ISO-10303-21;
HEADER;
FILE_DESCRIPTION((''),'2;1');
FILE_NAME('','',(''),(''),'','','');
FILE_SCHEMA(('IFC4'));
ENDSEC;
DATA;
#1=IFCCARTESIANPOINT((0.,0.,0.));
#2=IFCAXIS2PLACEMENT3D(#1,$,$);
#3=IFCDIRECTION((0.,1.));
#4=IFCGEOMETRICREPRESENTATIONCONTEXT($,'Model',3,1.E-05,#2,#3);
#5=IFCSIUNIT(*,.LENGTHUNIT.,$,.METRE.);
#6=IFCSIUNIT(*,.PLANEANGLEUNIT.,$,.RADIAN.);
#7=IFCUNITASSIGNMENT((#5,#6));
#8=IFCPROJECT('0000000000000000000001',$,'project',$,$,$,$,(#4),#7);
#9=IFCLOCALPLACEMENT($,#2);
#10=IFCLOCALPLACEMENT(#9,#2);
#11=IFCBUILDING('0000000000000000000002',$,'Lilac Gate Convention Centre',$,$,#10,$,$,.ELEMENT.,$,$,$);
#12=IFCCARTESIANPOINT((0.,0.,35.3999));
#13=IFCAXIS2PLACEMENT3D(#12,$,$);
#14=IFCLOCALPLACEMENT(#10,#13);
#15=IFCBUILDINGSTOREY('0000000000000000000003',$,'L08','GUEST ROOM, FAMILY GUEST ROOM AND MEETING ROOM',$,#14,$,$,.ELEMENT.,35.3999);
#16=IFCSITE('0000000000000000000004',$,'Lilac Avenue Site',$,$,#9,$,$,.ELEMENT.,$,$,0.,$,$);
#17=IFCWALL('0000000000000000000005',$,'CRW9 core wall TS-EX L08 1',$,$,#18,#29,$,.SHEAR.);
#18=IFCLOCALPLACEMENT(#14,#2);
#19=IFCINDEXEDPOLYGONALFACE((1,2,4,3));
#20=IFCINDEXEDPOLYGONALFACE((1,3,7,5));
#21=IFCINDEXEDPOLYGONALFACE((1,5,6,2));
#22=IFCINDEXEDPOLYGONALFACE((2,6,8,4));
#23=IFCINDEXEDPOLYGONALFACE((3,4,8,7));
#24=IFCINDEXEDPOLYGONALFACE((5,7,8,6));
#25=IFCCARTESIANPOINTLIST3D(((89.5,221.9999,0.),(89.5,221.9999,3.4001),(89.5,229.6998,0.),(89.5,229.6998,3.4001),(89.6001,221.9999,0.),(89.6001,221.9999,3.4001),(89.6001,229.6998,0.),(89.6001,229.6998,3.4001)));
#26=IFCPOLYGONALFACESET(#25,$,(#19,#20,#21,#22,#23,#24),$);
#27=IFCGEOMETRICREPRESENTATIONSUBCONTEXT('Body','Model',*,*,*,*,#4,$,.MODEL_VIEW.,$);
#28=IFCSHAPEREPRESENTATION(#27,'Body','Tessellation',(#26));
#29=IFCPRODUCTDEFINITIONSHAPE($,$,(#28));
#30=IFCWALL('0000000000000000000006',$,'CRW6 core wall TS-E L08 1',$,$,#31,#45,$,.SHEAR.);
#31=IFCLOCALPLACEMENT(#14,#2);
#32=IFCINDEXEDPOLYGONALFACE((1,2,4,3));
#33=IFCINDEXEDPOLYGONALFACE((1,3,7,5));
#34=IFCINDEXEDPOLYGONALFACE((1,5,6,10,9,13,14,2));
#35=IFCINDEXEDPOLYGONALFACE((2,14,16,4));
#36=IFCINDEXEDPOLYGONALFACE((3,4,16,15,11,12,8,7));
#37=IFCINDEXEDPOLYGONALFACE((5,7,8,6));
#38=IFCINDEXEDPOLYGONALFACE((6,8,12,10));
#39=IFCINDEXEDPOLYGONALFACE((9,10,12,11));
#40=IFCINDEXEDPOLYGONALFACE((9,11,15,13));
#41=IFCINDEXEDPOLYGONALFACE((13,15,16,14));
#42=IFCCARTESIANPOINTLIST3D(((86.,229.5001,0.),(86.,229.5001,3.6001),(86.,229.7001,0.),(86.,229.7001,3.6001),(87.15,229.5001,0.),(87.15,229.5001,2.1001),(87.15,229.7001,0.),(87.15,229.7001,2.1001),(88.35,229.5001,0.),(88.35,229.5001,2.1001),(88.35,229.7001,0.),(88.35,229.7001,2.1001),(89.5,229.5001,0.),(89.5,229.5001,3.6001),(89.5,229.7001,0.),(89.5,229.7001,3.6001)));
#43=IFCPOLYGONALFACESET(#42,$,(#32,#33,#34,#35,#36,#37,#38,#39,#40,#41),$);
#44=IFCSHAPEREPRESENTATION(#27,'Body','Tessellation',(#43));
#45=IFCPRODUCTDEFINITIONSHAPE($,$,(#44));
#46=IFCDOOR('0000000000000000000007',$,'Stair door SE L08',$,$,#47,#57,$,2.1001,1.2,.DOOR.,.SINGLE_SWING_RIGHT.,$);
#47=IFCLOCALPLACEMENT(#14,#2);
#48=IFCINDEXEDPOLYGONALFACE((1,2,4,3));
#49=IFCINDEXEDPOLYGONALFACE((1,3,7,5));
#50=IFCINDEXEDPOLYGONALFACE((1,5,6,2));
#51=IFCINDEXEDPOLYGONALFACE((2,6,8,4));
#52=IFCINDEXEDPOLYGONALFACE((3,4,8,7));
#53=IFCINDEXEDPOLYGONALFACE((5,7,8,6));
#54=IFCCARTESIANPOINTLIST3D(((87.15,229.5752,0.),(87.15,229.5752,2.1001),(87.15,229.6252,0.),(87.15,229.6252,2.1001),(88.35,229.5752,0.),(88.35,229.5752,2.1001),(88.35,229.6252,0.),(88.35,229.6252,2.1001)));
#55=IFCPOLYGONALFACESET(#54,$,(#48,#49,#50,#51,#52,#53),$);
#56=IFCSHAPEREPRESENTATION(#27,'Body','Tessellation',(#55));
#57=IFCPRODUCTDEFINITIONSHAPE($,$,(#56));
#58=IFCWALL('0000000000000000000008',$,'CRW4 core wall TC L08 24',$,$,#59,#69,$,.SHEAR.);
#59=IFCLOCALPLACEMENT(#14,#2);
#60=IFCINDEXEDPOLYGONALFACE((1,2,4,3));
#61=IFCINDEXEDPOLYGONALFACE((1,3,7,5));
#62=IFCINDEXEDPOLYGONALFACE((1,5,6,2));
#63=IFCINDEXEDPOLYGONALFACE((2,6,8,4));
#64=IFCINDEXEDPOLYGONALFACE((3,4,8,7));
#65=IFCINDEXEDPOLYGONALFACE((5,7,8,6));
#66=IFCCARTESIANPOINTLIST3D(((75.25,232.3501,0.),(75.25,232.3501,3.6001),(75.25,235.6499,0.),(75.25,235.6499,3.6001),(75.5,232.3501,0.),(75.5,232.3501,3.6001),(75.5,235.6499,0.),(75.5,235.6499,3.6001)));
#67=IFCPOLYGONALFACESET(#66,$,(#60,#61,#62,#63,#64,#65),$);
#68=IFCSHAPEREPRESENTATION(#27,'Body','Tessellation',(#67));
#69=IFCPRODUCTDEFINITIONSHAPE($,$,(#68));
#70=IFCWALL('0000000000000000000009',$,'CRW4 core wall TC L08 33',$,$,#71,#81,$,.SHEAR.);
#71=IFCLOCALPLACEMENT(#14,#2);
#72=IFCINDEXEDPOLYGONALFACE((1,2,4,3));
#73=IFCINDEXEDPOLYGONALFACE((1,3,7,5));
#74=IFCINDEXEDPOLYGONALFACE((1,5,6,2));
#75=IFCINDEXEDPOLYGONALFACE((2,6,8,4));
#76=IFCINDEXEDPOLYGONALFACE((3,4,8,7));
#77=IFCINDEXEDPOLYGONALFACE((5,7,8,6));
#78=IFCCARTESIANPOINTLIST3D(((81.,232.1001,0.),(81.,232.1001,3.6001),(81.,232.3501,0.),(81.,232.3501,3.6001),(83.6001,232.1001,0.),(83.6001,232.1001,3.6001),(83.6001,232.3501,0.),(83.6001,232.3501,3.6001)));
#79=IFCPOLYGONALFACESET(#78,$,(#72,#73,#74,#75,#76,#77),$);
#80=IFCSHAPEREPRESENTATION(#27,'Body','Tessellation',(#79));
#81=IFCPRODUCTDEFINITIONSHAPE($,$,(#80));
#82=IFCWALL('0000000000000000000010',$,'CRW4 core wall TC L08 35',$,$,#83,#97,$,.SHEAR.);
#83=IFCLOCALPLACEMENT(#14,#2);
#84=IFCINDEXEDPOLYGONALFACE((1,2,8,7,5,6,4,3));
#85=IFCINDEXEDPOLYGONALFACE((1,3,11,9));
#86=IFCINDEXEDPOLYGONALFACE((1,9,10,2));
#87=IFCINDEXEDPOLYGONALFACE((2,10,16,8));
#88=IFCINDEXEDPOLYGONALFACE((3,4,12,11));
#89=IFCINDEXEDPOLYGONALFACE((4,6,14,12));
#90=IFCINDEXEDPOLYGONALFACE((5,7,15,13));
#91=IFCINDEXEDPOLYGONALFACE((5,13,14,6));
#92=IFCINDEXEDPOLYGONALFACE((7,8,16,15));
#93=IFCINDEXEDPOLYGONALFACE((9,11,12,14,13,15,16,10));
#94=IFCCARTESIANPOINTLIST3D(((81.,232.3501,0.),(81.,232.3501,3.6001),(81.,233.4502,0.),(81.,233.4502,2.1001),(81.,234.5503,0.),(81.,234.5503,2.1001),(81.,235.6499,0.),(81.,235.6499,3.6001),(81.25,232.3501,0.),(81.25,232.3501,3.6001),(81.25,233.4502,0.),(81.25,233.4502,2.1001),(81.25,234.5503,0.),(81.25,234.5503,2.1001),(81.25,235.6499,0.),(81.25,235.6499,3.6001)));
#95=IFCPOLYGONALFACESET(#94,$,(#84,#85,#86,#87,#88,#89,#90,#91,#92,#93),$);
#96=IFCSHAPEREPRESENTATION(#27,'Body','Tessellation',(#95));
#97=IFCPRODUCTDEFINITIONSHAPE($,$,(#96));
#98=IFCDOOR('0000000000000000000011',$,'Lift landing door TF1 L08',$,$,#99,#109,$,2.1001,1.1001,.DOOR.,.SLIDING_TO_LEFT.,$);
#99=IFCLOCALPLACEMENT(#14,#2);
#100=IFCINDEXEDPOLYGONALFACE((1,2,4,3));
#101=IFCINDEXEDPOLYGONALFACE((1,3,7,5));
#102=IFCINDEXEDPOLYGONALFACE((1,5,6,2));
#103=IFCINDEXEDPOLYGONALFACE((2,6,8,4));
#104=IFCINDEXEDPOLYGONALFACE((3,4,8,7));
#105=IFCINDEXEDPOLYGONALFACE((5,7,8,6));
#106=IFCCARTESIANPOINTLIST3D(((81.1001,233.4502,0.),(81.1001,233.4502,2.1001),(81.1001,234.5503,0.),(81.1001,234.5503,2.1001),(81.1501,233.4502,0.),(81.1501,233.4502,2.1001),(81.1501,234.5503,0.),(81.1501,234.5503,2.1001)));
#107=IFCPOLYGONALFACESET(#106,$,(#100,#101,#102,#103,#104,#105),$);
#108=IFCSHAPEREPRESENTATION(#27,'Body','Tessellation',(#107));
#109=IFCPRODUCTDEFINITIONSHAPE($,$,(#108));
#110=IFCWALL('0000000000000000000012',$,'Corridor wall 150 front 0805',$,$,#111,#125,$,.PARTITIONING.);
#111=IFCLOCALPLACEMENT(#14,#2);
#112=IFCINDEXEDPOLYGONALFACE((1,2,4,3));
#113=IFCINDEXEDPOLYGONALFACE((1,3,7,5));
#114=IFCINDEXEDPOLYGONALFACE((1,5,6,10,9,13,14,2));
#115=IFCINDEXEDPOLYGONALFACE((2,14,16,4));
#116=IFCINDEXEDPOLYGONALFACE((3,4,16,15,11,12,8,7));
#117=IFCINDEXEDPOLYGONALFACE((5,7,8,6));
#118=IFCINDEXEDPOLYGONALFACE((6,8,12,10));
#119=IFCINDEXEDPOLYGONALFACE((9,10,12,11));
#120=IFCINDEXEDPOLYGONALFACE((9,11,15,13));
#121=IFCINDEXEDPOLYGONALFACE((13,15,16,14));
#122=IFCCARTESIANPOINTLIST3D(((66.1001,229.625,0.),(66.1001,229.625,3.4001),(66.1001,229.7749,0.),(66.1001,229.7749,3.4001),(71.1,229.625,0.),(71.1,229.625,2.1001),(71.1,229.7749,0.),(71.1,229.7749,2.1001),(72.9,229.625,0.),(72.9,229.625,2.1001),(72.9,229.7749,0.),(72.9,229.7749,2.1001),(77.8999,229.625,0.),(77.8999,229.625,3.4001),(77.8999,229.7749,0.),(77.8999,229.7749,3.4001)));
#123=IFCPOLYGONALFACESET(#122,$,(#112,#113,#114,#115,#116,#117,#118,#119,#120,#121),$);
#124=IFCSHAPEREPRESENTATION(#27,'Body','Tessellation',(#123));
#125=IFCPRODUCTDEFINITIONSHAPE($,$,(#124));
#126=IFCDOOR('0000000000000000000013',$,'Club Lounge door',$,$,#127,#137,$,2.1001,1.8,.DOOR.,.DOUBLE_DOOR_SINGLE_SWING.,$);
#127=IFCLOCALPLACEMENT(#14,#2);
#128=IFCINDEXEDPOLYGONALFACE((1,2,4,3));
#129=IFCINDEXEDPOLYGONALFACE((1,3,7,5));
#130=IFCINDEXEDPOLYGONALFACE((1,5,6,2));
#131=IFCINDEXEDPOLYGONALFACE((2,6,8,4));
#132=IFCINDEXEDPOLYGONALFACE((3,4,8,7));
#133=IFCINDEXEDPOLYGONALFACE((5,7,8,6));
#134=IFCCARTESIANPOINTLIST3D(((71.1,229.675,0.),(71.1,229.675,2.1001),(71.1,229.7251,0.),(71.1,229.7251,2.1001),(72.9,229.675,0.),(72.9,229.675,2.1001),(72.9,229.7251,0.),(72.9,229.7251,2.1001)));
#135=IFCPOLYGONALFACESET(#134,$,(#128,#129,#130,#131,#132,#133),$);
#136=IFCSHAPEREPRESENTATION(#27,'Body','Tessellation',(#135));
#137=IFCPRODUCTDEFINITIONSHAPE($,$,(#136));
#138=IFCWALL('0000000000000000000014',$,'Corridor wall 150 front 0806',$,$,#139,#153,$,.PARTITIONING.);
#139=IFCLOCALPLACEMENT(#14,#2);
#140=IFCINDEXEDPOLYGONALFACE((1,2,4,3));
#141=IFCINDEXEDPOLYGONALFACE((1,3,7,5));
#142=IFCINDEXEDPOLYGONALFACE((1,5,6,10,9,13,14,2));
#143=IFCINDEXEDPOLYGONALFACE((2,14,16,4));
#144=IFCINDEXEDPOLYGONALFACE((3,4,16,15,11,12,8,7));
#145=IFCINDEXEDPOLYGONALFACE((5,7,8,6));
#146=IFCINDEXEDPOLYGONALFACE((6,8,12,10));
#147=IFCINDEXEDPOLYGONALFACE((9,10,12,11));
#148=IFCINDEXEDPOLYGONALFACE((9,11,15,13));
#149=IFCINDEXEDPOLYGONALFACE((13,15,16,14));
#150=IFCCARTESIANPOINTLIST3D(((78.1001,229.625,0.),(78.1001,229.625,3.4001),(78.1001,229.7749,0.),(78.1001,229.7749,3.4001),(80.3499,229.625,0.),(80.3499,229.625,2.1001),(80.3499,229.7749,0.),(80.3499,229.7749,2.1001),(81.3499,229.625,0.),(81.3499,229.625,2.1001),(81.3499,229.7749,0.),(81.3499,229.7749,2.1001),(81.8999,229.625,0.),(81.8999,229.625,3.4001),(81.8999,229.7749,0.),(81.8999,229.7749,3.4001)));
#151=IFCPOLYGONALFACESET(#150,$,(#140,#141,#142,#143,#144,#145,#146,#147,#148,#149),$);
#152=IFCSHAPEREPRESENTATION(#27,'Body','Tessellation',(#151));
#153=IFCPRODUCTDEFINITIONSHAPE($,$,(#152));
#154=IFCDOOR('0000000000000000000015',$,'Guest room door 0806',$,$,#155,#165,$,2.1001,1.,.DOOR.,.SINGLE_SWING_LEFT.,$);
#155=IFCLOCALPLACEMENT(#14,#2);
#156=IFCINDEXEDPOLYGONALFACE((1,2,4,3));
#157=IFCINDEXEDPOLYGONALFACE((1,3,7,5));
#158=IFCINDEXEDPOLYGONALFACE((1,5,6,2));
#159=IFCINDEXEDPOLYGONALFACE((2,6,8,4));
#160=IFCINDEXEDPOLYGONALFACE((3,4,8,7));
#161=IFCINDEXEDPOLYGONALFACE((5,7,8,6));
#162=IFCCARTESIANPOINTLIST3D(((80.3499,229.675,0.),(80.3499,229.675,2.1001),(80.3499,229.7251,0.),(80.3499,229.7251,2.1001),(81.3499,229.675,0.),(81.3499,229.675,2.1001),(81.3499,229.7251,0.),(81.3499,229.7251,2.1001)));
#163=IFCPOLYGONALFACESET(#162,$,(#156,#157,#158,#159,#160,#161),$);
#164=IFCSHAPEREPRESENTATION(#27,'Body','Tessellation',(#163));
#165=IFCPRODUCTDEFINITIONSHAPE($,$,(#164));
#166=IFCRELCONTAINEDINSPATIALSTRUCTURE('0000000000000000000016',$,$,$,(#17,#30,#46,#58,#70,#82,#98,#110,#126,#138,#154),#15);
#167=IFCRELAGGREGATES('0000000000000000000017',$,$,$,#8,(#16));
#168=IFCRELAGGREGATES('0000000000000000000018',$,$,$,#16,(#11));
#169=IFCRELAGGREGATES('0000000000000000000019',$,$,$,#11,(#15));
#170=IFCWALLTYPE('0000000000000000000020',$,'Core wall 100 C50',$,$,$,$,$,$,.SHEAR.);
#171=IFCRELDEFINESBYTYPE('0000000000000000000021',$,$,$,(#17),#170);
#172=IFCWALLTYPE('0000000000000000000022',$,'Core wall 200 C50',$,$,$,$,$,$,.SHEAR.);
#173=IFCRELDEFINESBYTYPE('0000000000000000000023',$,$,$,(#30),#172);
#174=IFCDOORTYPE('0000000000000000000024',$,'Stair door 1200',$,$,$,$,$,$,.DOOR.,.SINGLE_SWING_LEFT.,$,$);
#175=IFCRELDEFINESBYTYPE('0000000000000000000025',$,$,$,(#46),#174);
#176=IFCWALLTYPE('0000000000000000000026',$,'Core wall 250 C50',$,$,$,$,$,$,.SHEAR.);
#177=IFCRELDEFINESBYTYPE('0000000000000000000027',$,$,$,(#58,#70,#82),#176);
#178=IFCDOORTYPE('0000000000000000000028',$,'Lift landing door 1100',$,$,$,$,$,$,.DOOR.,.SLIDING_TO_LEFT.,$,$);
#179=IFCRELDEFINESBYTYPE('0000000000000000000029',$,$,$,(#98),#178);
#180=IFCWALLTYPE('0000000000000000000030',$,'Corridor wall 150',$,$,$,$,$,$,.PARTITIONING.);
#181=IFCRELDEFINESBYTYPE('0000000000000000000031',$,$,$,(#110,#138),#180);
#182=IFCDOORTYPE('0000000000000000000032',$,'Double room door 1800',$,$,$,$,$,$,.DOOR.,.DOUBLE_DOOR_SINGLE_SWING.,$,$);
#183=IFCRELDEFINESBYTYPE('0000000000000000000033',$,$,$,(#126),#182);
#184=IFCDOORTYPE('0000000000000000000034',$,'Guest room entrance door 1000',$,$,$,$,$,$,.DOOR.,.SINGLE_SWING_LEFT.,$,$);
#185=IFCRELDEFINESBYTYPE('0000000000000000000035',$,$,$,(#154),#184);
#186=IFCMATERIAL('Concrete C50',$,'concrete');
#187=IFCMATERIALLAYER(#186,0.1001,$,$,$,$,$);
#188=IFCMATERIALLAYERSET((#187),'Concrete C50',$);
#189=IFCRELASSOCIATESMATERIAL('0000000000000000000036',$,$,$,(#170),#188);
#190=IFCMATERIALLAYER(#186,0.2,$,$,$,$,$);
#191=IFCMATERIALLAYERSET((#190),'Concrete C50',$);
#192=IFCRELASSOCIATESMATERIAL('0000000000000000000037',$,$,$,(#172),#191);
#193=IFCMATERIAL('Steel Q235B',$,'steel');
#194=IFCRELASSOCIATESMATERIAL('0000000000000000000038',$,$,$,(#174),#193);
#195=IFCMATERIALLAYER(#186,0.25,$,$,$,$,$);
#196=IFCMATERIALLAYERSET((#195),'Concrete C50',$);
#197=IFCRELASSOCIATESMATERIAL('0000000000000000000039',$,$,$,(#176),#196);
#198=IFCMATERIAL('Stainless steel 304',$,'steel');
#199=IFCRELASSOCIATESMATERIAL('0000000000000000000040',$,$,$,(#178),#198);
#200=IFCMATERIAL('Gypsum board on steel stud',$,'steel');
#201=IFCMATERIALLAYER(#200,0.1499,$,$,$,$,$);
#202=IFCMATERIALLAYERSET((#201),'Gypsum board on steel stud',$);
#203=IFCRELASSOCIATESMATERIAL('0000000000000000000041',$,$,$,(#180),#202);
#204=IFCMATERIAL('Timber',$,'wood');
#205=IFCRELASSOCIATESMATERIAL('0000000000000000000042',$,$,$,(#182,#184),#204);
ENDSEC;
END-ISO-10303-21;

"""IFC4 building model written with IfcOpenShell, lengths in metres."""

from ifc_helpers import new_model, si_unit, direction, frame, frame_2d, origin, place, context, subcontext, project, spatial, rectangle, extrude, material, layer, layer_set, type_object, element, fill, save


model = new_model("IFC4")

# Units and contexts
model_context = context("Model", 3, precision=1e-05, world=origin(), true_north=direction((0.0, 1.0)))
body_context = subcontext(model_context, "Body", "Model", "MODEL_VIEW")
ifc_project = project(units=[si_unit("LENGTHUNIT", "METRE"), si_unit("PLANEANGLEUNIT", "RADIAN")], contexts=[model_context])

# Site, building, storey
site_placement = place(None, origin())
site = spatial("IfcSite", under=ifc_project, at=site_placement, Name="Lilac Avenue Site", CompositionType="ELEMENT", RefElevation=0.0)
building_placement = place(site_placement, origin())
building = spatial("IfcBuilding", under=site, at=building_placement, Name="Lilac Gate Convention Centre", CompositionType="ELEMENT")
storey_placement = place(building_placement, frame((0.0, 0.0, 35.3999)))
storey = spatial("IfcBuildingStorey", under=building, at=storey_placement, Name="L08", Description="GUEST ROOM, FAMILY GUEST ROOM AND MEETING ROOM", CompositionType="ELEMENT", Elevation=35.3999)

# Wall
ifc_material_1 = material(Name="Concrete C50", Category="concrete")
ifc_layer_1 = layer(ifc_material_1, 0.1001)
ifc_layer_set_1 = layer_set([ifc_layer_1], Name="Concrete C50")
wall_type_1 = type_object("IfcWallType", Name="Core wall 100 C50", PredefinedType="SHEAR", material=ifc_layer_set_1)
wall_1_placement = place(storey_placement, frame((89.55, 229.7, 0.0), z_axis=(0.0, 0.0, 1.0), x_axis=(0.0, -1.0, 0.0)))
element("IfcWall", 1, at=wall_1_placement, inside=storey, type_object=wall_type_1, Name="CRW9 core wall TS-EX L08 1", PredefinedType="SHEAR", context=body_context, shape_type="SweptSolid", body=[
    extrude(rectangle(XDim=7.7, YDim=0.1001, at=frame_2d((3.8501, 0.0))), origin(), (0.0, 0.0, 1.0), 3.4001),
])

# Wall, opening, door
ifc_layer_2 = layer(ifc_material_1, 0.2)
ifc_layer_set_2 = layer_set([ifc_layer_2], Name="Concrete C50")
wall_type_2 = type_object("IfcWallType", Name="Core wall 200 C50", PredefinedType="SHEAR", material=ifc_layer_set_2)
wall_2_placement = place(storey_placement, frame((89.5, 229.6001, 0.0), z_axis=(0.0, 0.0, 1.0), x_axis=(-1.0, 0.0, 0.0)))
wall_2 = element("IfcWall", 2, at=wall_2_placement, inside=storey, type_object=wall_type_2, Name="CRW6 core wall TS-E L08 1", PredefinedType="SHEAR", context=body_context, shape_type="SweptSolid", body=[
    extrude(rectangle(XDim=3.5, YDim=0.2, at=frame_2d((1.75, 0.0))), origin(), (0.0, 0.0, 1.0), 3.6001),
])
opening_1_placement = place(wall_2_placement, frame((1.1499, 0.0, 0.0)))
opening_1 = element("IfcOpeningElement", 3, at=opening_1_placement, cuts=wall_2, PredefinedType="OPENING", context=body_context, shape_type="SweptSolid", body=[
    extrude(rectangle(XDim=1.2, YDim=2.1001, at=frame_2d((0.6001, 1.05))), frame((0.0, 0.1099, 0.0), z_axis=(0.0, -1.0, 0.0), x_axis=(1.0, 0.0, 0.0)), (0.0, 0.0, 1.0), 0.22),
])
ifc_material_2 = material(Name="Steel Q235B", Category="steel")
door_type_1 = type_object("IfcDoorType", Name="Stair door 1200", OperationType="SINGLE_SWING_LEFT", PredefinedType="DOOR", material=ifc_material_2)
door_1_placement = place(opening_1_placement, origin())
door_1 = element("IfcDoor", 4, at=door_1_placement, inside=storey, type_object=door_type_1, Name="Stair door SE L08", OperationType="SINGLE_SWING_RIGHT", OverallHeight=2.1001, OverallWidth=1.2, PredefinedType="DOOR", context=body_context, shape_type="SweptSolid", body=[
    extrude(rectangle(XDim=1.2, YDim=2.1001, at=frame_2d((0.6001, 1.05))), frame((0.0, 0.0249, 0.0), z_axis=(0.0, -1.0, 0.0), x_axis=(1.0, 0.0, 0.0)), (0.0, 0.0, 1.0), 0.05),
])
fill(opening_1, door_1)

# Walls
ifc_layer_3 = layer(ifc_material_1, 0.25)
ifc_layer_set_3 = layer_set([ifc_layer_3], Name="Concrete C50")
wall_type_3 = type_object("IfcWallType", Name="Core wall 250 C50", PredefinedType="SHEAR", material=ifc_layer_set_3)
wall_3_placement = place(storey_placement, frame((75.375, 232.3501, 0.0), z_axis=(0.0, 0.0, 1.0), x_axis=(0.0, 1.0, 0.0)))
element("IfcWall", 5, at=wall_3_placement, inside=storey, type_object=wall_type_3, Name="CRW4 core wall TC L08 24", PredefinedType="SHEAR", context=body_context, shape_type="SweptSolid", body=[
    extrude(rectangle(XDim=3.2998, YDim=0.25, at=frame_2d((1.6499, 0.0))), origin(), (0.0, 0.0, 1.0), 3.6001),
])
wall_4_placement = place(storey_placement, frame((81.0, 232.2251, 0.0), z_axis=(0.0, 0.0, 1.0), x_axis=(1.0, 0.0, 0.0)))
element("IfcWall", 6, at=wall_4_placement, inside=storey, type_object=wall_type_3, Name="CRW4 core wall TC L08 33", PredefinedType="SHEAR", context=body_context, shape_type="SweptSolid", body=[
    extrude(rectangle(XDim=2.6001, YDim=0.25, at=frame_2d((1.3, 0.0))), origin(), (0.0, 0.0, 1.0), 3.6001),
])

# Walls, openings, doors
wall_5_placement = place(storey_placement, frame((81.125, 232.3501, 0.0), z_axis=(0.0, 0.0, 1.0), x_axis=(0.0, 1.0, 0.0)))
wall_5 = element("IfcWall", 7, at=wall_5_placement, inside=storey, type_object=wall_type_3, Name="CRW4 core wall TC L08 35", PredefinedType="SHEAR", context=body_context, shape_type="SweptSolid", body=[
    extrude(rectangle(XDim=3.2998, YDim=0.25, at=frame_2d((1.6499, 0.0))), origin(), (0.0, 0.0, 1.0), 3.6001),
])
opening_2_placement = place(wall_5_placement, frame((1.1001, 0.0, 0.0)))
opening_2 = element("IfcOpeningElement", 8, at=opening_2_placement, cuts=wall_5, PredefinedType="OPENING", context=body_context, shape_type="SweptSolid", body=[
    extrude(rectangle(XDim=1.1001, YDim=2.1001, at=frame_2d((0.55, 1.05))), frame((0.0, 0.135, 0.0), z_axis=(0.0, -1.0, 0.0), x_axis=(1.0, 0.0, 0.0)), (0.0, 0.0, 1.0), 0.27),
])
ifc_material_3 = material(Name="Stainless steel 304", Category="steel")
door_type_2 = type_object("IfcDoorType", Name="Lift landing door 1100", OperationType="SLIDING_TO_LEFT", PredefinedType="DOOR", material=ifc_material_3)
door_2_placement = place(opening_2_placement, origin())
door_2 = element("IfcDoor", 9, at=door_2_placement, inside=storey, type_object=door_type_2, Name="Lift landing door TF1 L08", OperationType="SLIDING_TO_LEFT", OverallHeight=2.1001, OverallWidth=1.1001, PredefinedType="DOOR", context=body_context, shape_type="SweptSolid", body=[
    extrude(rectangle(XDim=1.1001, YDim=2.1001, at=frame_2d((0.55, 1.05))), frame((0.0, 0.0249, 0.0), z_axis=(0.0, -1.0, 0.0), x_axis=(1.0, 0.0, 0.0)), (0.0, 0.0, 1.0), 0.05),
])
fill(opening_2, door_2)
ifc_material_4 = material(Name="Gypsum board on steel stud", Category="steel")
ifc_layer_4 = layer(ifc_material_4, 0.1499)
ifc_layer_set_4 = layer_set([ifc_layer_4], Name="Gypsum board on steel stud")
wall_type_4 = type_object("IfcWallType", Name="Corridor wall 150", PredefinedType="PARTITIONING", material=ifc_layer_set_4)
wall_6_placement = place(storey_placement, frame((77.8999, 229.7, 0.0), z_axis=(0.0, 0.0, 1.0), x_axis=(-1.0, 0.0, 0.0)))
wall_6 = element("IfcWall", 10, at=wall_6_placement, inside=storey, type_object=wall_type_4, Name="Corridor wall 150 front 0805", PredefinedType="PARTITIONING", context=body_context, shape_type="SweptSolid", body=[
    extrude(rectangle(XDim=11.7998, YDim=0.1499, at=frame_2d((5.8999, 0.0))), origin(), (0.0, 0.0, 1.0), 3.4001),
])
opening_3_placement = place(wall_6_placement, frame((5.0, 0.0, 0.0)))
opening_3 = element("IfcOpeningElement", 11, at=opening_3_placement, cuts=wall_6, PredefinedType="OPENING", context=body_context, shape_type="SweptSolid", body=[
    extrude(rectangle(XDim=1.8, YDim=2.1001, at=frame_2d((0.8999, 1.05))), frame((0.0, 0.085, 0.0), z_axis=(0.0, -1.0, 0.0), x_axis=(1.0, 0.0, 0.0)), (0.0, 0.0, 1.0), 0.1699),
])
ifc_material_5 = material(Name="Timber", Category="wood")
door_type_3 = type_object("IfcDoorType", Name="Double room door 1800", OperationType="DOUBLE_DOOR_SINGLE_SWING", PredefinedType="DOOR", material=ifc_material_5)
door_3_placement = place(opening_3_placement, origin())
door_3 = element("IfcDoor", 12, at=door_3_placement, inside=storey, type_object=door_type_3, Name="Club Lounge door", OperationType="DOUBLE_DOOR_SINGLE_SWING", OverallHeight=2.1001, OverallWidth=1.8, PredefinedType="DOOR", context=body_context, shape_type="SweptSolid", body=[
    extrude(rectangle(XDim=1.8, YDim=2.1001, at=frame_2d((0.8999, 1.05))), frame((0.0, 0.0249, 0.0), z_axis=(0.0, -1.0, 0.0), x_axis=(1.0, 0.0, 0.0)), (0.0, 0.0, 1.0), 0.05),
])
fill(opening_3, door_3)
wall_7_placement = place(storey_placement, frame((81.8999, 229.7, 0.0), z_axis=(0.0, 0.0, 1.0), x_axis=(-1.0, 0.0, 0.0)))
wall_7 = element("IfcWall", 13, at=wall_7_placement, inside=storey, type_object=wall_type_4, Name="Corridor wall 150 front 0806", PredefinedType="PARTITIONING", context=body_context, shape_type="SweptSolid", body=[
    extrude(rectangle(XDim=3.7998, YDim=0.1499, at=frame_2d((1.8999, 0.0))), origin(), (0.0, 0.0, 1.0), 3.4001),
])
opening_4_placement = place(wall_7_placement, frame((0.55, 0.0, 0.0)))
opening_4 = element("IfcOpeningElement", 14, at=opening_4_placement, cuts=wall_7, PredefinedType="OPENING", context=body_context, shape_type="SweptSolid", body=[
    extrude(rectangle(XDim=1.0, YDim=2.1001, at=frame_2d((0.5, 1.05))), frame((0.0, 0.085, 0.0), z_axis=(0.0, -1.0, 0.0), x_axis=(1.0, 0.0, 0.0)), (0.0, 0.0, 1.0), 0.1699),
])
door_type_4 = type_object("IfcDoorType", Name="Guest room entrance door 1000", OperationType="SINGLE_SWING_LEFT", PredefinedType="DOOR", material=ifc_material_5)
door_4_placement = place(opening_4_placement, origin())
door_4 = element("IfcDoor", 15, at=door_4_placement, inside=storey, type_object=door_type_4, Name="Guest room door 0806", OperationType="SINGLE_SWING_LEFT", OverallHeight=2.1001, OverallWidth=1.0, PredefinedType="DOOR", context=body_context, shape_type="SweptSolid", body=[
    extrude(rectangle(XDim=1.0, YDim=2.1001, at=frame_2d((0.5, 1.05))), frame((0.0, 0.0249, 0.0), z_axis=(0.0, -1.0, 0.0), x_axis=(1.0, 0.0, 0.0)), (0.0, 0.0, 1.0), 0.05),
])
fill(opening_4, door_4)

save(model, "model.ifc")
